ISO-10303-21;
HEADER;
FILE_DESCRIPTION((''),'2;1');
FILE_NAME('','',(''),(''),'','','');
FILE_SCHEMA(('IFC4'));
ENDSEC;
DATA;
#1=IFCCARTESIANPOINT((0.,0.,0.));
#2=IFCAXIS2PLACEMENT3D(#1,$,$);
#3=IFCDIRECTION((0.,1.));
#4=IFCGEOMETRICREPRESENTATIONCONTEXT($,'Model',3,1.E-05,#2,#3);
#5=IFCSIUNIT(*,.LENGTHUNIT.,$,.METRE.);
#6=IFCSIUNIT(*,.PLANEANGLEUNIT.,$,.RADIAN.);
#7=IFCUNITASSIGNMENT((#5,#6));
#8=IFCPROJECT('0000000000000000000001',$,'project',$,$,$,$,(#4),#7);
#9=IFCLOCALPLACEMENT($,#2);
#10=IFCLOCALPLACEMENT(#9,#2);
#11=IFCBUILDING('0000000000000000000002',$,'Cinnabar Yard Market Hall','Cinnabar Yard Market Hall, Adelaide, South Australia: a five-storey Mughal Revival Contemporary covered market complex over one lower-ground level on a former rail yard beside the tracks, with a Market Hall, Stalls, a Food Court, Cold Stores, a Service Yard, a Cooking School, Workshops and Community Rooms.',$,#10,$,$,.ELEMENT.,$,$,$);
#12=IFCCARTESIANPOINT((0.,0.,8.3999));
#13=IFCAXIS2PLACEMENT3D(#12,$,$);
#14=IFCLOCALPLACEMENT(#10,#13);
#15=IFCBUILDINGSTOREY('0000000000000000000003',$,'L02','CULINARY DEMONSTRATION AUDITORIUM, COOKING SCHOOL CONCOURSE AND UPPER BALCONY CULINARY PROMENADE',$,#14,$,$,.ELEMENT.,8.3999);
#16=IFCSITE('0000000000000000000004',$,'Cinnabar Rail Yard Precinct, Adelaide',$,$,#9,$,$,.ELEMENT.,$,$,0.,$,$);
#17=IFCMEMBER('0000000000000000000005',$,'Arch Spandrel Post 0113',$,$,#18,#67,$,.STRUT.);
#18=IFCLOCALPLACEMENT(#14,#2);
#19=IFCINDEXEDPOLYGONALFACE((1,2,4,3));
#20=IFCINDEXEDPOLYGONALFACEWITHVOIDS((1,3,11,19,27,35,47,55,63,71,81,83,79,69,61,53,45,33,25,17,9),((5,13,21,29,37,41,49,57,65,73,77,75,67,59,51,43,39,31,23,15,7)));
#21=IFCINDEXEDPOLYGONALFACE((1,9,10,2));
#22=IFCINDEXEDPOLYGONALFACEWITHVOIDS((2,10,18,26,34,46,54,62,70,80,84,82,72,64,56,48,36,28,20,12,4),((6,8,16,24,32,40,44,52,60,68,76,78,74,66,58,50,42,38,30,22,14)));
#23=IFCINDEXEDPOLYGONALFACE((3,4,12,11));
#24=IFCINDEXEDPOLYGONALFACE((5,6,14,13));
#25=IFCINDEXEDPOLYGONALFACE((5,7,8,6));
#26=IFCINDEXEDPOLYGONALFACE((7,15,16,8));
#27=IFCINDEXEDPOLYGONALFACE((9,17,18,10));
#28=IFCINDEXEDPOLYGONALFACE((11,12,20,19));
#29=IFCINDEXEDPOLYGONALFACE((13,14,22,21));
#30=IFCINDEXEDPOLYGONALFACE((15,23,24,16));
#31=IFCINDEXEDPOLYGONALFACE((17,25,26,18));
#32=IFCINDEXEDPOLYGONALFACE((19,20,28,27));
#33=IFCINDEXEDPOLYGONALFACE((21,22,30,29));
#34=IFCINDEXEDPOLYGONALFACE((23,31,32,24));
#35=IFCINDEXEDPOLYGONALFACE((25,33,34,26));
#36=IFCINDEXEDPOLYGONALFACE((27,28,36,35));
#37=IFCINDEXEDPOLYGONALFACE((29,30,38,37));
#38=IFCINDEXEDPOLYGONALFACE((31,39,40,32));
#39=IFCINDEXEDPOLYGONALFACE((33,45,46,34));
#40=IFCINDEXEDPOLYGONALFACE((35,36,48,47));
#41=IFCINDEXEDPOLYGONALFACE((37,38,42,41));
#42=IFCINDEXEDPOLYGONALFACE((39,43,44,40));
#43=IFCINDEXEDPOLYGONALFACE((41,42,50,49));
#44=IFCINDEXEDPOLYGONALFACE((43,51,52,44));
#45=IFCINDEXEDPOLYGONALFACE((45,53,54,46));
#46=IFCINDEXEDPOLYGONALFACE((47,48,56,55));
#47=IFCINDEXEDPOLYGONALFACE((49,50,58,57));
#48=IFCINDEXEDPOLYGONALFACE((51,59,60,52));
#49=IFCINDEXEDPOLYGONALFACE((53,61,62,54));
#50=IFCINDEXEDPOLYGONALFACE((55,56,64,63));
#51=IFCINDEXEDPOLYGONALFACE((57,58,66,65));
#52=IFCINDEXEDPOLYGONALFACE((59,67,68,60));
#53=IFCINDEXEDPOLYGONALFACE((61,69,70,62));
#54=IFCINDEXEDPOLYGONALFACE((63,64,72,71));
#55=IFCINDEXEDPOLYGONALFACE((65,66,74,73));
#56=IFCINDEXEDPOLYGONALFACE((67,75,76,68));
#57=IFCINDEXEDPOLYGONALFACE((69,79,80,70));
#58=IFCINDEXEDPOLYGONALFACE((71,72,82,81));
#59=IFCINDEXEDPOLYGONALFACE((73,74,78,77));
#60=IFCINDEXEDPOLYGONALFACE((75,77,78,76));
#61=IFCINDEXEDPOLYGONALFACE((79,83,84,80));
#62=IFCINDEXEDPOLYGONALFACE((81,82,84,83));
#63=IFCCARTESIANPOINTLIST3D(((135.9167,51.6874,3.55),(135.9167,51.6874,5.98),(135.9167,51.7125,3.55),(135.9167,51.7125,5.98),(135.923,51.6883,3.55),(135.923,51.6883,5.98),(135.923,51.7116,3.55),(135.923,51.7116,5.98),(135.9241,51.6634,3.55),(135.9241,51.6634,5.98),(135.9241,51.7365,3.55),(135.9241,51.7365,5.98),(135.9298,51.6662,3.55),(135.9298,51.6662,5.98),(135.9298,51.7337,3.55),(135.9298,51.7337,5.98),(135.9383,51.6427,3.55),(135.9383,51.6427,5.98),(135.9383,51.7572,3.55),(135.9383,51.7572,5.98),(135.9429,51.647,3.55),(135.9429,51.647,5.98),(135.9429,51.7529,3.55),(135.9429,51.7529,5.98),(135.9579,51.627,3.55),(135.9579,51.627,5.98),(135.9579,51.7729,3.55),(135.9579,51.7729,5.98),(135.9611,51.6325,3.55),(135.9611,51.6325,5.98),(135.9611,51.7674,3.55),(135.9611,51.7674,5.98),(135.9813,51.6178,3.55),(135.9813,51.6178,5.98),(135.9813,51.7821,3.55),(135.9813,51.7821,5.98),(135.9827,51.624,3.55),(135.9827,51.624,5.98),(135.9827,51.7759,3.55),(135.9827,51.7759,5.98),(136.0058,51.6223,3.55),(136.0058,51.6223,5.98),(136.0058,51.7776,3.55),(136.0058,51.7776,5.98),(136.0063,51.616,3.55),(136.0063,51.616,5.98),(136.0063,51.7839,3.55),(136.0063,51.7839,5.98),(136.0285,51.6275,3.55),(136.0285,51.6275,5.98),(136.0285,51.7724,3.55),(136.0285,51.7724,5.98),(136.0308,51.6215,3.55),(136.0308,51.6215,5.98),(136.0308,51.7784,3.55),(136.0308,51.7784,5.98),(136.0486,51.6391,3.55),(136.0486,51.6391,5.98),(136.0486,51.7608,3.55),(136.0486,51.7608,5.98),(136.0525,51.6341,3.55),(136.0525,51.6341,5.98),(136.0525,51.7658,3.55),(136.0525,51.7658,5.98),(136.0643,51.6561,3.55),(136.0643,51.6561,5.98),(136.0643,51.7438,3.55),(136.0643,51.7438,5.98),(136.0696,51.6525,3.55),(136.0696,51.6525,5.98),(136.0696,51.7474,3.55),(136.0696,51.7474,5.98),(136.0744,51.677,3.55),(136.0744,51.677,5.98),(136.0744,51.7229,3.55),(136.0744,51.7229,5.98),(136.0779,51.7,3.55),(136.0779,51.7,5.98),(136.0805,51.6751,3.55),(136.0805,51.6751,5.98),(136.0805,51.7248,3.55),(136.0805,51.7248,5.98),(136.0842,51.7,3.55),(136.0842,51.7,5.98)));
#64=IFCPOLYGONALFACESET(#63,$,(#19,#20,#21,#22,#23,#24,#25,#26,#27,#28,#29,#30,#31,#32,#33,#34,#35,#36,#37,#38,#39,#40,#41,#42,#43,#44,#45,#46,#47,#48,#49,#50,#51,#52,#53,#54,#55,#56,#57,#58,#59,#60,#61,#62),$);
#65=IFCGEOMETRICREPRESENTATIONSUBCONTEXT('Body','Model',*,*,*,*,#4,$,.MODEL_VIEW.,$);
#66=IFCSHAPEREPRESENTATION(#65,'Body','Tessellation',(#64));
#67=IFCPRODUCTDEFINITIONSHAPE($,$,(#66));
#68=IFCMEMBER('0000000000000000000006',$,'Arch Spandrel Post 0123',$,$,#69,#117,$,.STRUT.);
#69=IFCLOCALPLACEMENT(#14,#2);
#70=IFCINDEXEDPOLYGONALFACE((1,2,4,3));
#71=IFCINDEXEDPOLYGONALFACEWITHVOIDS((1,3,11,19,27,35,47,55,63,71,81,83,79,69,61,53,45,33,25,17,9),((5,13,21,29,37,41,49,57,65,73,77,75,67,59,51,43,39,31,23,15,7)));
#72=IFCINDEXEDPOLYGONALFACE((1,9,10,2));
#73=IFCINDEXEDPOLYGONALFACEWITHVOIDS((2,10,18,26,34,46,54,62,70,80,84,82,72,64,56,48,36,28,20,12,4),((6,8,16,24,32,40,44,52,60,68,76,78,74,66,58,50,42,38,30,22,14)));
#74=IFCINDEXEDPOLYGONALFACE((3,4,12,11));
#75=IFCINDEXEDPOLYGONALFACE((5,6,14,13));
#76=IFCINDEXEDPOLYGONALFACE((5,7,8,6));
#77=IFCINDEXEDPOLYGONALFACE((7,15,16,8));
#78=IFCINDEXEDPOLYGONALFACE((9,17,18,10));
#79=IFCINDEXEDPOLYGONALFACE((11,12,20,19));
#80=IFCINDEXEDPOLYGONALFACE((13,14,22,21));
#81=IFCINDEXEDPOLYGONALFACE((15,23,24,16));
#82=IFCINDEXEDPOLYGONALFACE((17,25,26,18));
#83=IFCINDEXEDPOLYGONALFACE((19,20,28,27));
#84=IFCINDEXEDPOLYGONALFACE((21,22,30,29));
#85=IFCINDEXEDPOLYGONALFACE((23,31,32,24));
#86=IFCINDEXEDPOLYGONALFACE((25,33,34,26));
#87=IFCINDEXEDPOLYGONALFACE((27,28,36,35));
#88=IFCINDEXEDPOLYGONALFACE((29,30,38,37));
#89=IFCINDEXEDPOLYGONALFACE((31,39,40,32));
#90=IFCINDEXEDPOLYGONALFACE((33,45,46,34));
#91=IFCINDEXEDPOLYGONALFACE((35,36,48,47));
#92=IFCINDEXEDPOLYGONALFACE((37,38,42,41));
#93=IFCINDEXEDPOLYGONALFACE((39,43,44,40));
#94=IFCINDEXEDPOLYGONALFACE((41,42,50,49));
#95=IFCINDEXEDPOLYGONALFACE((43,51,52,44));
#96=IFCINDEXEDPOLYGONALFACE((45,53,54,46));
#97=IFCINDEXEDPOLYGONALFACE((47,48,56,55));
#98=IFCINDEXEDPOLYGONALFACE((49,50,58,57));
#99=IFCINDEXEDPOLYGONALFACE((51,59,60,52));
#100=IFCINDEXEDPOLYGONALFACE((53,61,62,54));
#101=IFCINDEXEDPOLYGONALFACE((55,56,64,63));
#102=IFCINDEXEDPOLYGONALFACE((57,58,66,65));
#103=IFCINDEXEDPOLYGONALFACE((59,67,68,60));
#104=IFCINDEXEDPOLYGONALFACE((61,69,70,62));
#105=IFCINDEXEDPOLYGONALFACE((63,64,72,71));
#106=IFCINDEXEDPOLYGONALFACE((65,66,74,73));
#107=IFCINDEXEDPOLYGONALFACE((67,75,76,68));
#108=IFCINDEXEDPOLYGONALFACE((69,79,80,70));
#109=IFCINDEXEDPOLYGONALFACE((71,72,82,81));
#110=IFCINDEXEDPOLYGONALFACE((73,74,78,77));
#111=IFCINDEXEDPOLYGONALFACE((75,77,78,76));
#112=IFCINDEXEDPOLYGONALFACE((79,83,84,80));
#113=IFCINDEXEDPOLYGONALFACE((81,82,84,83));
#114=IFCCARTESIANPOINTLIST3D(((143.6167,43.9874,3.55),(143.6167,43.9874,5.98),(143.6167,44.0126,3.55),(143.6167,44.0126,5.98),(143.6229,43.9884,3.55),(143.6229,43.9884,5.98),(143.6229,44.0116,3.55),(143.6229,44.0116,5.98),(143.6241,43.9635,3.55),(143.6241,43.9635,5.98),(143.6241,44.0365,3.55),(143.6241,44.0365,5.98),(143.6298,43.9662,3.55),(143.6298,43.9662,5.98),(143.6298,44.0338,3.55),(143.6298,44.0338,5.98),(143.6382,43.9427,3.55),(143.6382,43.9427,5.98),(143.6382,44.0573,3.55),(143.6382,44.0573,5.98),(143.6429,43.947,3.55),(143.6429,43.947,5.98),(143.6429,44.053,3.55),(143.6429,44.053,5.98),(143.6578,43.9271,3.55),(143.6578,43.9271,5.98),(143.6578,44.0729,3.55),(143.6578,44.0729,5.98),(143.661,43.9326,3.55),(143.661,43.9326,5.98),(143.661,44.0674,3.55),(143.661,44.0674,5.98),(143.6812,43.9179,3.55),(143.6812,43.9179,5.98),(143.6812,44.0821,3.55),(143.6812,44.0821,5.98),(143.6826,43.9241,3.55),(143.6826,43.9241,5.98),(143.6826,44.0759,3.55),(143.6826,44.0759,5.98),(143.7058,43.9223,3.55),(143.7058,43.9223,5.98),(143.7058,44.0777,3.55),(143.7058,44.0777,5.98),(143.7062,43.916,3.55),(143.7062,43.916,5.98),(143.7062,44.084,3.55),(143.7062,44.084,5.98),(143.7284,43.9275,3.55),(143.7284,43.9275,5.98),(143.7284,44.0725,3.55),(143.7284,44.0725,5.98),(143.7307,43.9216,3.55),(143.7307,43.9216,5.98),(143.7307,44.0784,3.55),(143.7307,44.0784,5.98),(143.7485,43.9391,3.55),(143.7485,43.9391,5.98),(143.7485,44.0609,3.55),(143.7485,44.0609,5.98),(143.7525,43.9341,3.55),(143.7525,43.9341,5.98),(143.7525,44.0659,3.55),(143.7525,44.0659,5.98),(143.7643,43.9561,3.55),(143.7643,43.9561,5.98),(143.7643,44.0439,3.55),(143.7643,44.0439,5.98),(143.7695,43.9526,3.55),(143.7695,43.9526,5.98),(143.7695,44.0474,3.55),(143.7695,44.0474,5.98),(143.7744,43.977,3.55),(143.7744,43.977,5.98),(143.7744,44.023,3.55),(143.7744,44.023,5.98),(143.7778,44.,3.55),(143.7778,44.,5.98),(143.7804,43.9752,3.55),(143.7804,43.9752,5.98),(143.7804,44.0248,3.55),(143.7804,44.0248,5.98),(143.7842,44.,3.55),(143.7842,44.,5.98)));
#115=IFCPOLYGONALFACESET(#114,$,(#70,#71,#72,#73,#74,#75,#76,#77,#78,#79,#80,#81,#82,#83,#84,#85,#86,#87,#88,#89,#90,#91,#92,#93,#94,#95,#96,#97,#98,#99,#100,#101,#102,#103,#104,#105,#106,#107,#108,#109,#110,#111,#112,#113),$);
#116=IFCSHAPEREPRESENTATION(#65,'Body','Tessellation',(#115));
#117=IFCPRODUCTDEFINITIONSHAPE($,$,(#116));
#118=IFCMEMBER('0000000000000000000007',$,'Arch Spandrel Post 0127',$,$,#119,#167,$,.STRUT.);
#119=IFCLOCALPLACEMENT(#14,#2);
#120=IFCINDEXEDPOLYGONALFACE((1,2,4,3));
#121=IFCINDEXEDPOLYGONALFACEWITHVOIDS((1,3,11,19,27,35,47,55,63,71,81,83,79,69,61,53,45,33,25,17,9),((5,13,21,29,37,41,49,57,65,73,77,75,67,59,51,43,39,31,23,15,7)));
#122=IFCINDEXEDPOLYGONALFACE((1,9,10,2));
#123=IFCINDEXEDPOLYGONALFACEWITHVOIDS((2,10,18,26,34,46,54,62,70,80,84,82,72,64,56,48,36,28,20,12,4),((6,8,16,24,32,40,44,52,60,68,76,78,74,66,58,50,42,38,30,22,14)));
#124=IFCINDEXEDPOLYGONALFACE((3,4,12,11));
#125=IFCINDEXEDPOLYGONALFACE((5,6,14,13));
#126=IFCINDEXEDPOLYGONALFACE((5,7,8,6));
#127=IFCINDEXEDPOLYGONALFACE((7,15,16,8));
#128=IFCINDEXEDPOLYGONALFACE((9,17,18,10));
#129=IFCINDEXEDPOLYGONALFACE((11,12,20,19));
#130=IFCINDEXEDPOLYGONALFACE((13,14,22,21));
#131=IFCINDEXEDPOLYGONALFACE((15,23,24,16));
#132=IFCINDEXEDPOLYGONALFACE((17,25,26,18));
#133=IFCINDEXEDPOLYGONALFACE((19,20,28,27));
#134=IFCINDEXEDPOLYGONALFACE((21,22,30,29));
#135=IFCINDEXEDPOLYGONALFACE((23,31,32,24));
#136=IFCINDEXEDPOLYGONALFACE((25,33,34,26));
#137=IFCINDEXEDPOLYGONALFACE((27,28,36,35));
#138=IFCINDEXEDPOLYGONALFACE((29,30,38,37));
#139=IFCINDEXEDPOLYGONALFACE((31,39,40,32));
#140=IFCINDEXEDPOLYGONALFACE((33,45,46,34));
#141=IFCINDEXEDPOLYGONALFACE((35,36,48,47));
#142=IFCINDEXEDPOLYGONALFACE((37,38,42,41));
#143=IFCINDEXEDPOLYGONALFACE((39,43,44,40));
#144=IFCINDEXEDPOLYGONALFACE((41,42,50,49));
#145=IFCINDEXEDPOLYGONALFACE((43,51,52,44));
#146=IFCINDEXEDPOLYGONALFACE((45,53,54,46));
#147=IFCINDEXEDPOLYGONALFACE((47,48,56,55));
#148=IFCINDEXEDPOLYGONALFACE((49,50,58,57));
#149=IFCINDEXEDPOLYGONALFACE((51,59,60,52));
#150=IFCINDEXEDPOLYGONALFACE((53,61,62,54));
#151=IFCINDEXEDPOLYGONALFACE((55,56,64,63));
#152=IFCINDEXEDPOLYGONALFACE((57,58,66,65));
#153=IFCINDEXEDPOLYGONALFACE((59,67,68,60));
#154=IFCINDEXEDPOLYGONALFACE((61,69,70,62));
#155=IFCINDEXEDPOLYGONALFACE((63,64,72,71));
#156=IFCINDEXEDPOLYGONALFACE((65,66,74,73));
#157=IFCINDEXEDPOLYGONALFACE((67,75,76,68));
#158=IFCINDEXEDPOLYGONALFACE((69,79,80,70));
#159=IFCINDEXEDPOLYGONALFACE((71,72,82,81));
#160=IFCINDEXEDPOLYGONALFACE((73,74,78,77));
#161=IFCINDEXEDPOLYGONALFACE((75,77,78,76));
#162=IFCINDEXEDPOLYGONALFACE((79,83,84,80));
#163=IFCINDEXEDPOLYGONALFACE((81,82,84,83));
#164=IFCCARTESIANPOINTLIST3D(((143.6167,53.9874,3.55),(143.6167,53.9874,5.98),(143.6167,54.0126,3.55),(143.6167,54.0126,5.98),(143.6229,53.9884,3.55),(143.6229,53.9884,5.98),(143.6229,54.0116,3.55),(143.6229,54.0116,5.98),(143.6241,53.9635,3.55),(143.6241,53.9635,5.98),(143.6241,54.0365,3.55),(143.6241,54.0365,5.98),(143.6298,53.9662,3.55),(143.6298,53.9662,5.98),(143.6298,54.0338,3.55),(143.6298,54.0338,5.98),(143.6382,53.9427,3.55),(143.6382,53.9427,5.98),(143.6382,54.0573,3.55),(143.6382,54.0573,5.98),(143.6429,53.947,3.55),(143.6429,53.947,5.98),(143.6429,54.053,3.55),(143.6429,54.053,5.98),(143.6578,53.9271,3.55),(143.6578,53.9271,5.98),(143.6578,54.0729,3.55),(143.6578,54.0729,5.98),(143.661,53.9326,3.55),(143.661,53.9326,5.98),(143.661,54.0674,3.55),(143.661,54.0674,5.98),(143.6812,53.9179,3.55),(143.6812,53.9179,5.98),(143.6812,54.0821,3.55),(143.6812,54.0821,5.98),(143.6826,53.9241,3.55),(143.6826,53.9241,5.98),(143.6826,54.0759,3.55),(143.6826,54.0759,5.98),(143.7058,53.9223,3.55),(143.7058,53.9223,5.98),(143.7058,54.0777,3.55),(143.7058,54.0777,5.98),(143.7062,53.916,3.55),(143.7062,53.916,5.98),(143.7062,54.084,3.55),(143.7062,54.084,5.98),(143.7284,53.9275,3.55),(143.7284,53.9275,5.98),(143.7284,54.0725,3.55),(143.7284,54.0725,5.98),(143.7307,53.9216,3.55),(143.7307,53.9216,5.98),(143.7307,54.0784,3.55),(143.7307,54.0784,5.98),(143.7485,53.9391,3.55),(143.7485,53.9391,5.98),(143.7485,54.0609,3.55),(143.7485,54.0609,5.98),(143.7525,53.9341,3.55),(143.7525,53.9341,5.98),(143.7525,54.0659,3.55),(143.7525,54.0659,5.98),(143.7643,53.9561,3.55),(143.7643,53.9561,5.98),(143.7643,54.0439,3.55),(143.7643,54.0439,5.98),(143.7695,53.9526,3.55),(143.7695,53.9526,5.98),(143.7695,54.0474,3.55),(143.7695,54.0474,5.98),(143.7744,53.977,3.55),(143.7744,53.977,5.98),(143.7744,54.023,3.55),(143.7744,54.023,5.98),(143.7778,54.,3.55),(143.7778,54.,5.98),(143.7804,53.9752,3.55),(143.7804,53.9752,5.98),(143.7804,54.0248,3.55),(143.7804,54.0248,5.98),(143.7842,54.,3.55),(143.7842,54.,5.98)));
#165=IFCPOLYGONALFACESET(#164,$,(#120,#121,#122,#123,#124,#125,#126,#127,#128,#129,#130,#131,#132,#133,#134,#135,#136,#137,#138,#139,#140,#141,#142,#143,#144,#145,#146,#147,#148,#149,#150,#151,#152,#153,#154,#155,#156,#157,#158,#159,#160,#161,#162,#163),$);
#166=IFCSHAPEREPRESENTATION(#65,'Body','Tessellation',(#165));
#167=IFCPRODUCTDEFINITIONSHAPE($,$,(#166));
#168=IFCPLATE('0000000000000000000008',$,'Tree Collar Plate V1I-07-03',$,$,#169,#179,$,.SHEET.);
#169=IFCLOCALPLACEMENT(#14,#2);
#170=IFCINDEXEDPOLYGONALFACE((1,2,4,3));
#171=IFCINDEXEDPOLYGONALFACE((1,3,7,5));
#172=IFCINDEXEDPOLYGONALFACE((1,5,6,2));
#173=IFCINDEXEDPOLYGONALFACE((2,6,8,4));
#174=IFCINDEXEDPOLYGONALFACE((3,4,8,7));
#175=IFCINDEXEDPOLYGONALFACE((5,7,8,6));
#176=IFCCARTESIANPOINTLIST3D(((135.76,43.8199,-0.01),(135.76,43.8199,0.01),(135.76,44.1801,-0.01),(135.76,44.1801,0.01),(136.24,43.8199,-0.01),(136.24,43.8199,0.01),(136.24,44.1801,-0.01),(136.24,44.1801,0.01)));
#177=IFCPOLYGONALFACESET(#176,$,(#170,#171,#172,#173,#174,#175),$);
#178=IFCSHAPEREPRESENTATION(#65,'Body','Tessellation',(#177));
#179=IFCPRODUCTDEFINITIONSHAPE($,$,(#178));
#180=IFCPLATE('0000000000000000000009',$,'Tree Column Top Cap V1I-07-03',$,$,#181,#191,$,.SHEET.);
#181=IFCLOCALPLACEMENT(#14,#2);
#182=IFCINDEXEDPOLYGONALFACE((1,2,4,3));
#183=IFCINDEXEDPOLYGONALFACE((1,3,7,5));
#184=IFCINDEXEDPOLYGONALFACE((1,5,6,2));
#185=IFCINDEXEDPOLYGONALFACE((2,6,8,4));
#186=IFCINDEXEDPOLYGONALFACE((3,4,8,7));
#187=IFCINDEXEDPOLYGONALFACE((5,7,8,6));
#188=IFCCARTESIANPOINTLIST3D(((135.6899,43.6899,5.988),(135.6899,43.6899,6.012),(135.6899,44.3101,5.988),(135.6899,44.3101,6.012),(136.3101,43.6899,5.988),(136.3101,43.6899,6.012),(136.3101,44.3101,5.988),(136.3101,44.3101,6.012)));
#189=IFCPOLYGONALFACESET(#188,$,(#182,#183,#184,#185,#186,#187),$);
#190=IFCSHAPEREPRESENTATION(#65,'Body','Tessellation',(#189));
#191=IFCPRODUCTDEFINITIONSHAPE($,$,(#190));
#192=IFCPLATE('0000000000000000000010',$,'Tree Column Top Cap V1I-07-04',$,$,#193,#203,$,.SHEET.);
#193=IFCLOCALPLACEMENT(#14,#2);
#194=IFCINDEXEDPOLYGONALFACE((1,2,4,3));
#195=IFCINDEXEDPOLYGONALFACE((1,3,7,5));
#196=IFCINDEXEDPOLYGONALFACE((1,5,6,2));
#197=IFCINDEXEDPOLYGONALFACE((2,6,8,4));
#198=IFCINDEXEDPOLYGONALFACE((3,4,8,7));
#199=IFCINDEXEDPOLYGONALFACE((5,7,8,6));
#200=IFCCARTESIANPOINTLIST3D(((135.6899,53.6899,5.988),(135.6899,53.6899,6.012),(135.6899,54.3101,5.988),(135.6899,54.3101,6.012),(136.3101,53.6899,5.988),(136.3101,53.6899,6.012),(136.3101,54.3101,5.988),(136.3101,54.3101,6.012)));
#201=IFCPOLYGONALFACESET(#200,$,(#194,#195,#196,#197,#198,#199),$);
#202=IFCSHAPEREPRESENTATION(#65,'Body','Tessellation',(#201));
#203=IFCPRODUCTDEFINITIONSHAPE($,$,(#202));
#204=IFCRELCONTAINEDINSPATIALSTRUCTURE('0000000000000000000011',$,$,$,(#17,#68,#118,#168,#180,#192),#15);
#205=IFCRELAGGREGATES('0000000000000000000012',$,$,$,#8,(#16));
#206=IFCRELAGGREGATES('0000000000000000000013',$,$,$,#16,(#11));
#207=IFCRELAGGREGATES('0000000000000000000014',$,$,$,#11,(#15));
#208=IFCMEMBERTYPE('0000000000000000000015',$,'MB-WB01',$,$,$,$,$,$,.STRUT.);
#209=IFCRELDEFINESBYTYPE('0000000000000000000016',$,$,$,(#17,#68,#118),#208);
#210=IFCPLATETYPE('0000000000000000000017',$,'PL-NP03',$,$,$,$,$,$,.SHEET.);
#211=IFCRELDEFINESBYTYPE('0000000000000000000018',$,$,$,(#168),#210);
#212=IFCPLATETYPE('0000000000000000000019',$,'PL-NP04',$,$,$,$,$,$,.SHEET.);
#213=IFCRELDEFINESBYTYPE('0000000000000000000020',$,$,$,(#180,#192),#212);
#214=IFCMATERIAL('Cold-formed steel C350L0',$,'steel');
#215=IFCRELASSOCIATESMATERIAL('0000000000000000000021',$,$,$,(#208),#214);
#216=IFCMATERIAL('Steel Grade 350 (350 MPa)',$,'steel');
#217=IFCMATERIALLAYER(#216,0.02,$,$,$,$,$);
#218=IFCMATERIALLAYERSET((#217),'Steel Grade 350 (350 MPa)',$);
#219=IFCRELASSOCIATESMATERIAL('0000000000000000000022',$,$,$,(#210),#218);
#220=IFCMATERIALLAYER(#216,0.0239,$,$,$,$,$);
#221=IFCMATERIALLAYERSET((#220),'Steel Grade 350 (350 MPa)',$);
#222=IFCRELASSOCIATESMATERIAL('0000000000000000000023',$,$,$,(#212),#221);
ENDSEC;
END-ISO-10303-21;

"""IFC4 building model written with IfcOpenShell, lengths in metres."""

from ifc_helpers import new_model, si_unit, direction, frame, origin, origin_2d_with_axis, place, context, subcontext, project, spatial, rectangle, hollow_circle, extrude, material, layer, layer_set, material_profile, profile_set, type_object, element, save


model = new_model("IFC4")

# Units and contexts
model_context = context("Model", 3, precision=1e-05, world=origin(), true_north=direction((0.0, 1.0)))
body_context = subcontext(model_context, "Body", "Model", "MODEL_VIEW")
ifc_project = project(units=[si_unit("LENGTHUNIT", "METRE"), si_unit("PLANEANGLEUNIT", "RADIAN")], contexts=[model_context])

# Site, building, storey
site_placement = place(None, origin())
site = spatial("IfcSite", under=ifc_project, at=site_placement, Name="Cinnabar Rail Yard Precinct, Adelaide", CompositionType="ELEMENT", RefElevation=0.0)
building_placement = place(site_placement, origin())
building = spatial("IfcBuilding", under=site, at=building_placement, Name="Cinnabar Yard Market Hall", Description="Cinnabar Yard Market Hall, Adelaide, South Australia: a five-storey Mughal Revival Contemporary covered market complex over one lower-ground level on a former rail yard beside the tracks, with a Market Hall, Stalls, a Food Court, Cold Stores, a Service Yard, a Cooking School, Workshops and Community Rooms.", CompositionType="ELEMENT")
storey_placement = place(building_placement, frame((0.0, 0.0, 8.3999)))
storey = spatial("IfcBuildingStorey", under=building, at=storey_placement, Name="L02", Description="CULINARY DEMONSTRATION AUDITORIUM, COOKING SCHOOL CONCOURSE AND UPPER BALCONY CULINARY PROMENADE", CompositionType="ELEMENT", Elevation=8.3999)

# Members
ifc_material_1 = material(Name="Cold-formed steel C350L0", Category="steel")
ifc_material_profile_1 = material_profile(ifc_material_1, hollow_circle(Radius=0.0842, WallThickness=0.0063, at=origin_2d_with_axis()), Name="168.3x6.4CHS")
ifc_profile_set_1 = profile_set([ifc_material_profile_1], Name="Cold-formed steel C350L0")
member_type_1 = type_object("IfcMemberType", Name="MB-WB01", PredefinedType="STRUT", material=ifc_profile_set_1)
for number, where, z_axis, x_axis, name in (
    (1, (136.0, 51.7, 3.55), (0.0, 0.0, 1.0), (1.0, 0.0, 0.0), "Arch Spandrel Post 0113"),
    (2, (143.7, 44.0, 3.55), (0.0, 0.0, 1.0), (1.0, 0.0, 0.0), "Arch Spandrel Post 0123"),
    (3, (143.7, 54.0, 3.55), (0.0, 0.0, 1.0), (1.0, 0.0, 0.0), "Arch Spandrel Post 0127"),
):
    element("IfcMember", number, at=place(storey_placement, frame(where, z_axis=z_axis, x_axis=x_axis)), inside=storey, type_object=member_type_1, Name=name, PredefinedType="STRUT", context=body_context, shape_type="SweptSolid", body=[
        extrude(hollow_circle(Radius=0.0842, WallThickness=0.0063, at=origin_2d_with_axis()), origin(), (0.0, 0.0, 1.0), 2.4299),
    ])

# Plates
ifc_material_2 = material(Name="Steel Grade 350 (350 MPa)", Category="steel")
ifc_layer_1 = layer(ifc_material_2, 0.02)
ifc_layer_set_1 = layer_set([ifc_layer_1], Name="Steel Grade 350 (350 MPa)")
plate_type_1 = type_object("IfcPlateType", Name="PL-NP03", PredefinedType="SHEET", material=ifc_layer_set_1)
plate_1_placement = place(storey_placement, frame((136.0, 44.0, -0.01), z_axis=(0.0, 0.0, 1.0), x_axis=(1.0, 0.0, 0.0)))
element("IfcPlate", 4, at=plate_1_placement, inside=storey, type_object=plate_type_1, Name="Tree Collar Plate V1I-07-03", PredefinedType="SHEET", context=body_context, shape_type="SweptSolid", body=[
    extrude(rectangle(XDim=0.48, YDim=0.3601, at=origin_2d_with_axis()), origin(), (0.0, 0.0, 1.0), 0.02),
])
ifc_layer_2 = layer(ifc_material_2, 0.0239)
ifc_layer_set_2 = layer_set([ifc_layer_2], Name="Steel Grade 350 (350 MPa)")
plate_type_2 = type_object("IfcPlateType", Name="PL-NP04", PredefinedType="SHEET", material=ifc_layer_set_2)
for number, where, z_axis, x_axis, name in (
    (5, (136.0, 44.0, 5.988), (0.0, 0.0, 1.0), (1.0, 0.0, 0.0), "Tree Column Top Cap V1I-07-03"),
    (6, (136.0, 54.0, 5.988), (0.0, 0.0, 1.0), (1.0, 0.0, 0.0), "Tree Column Top Cap V1I-07-04"),
):
    element("IfcPlate", number, at=place(storey_placement, frame(where, z_axis=z_axis, x_axis=x_axis)), inside=storey, type_object=plate_type_2, Name=name, PredefinedType="SHEET", context=body_context, shape_type="SweptSolid", body=[
        extrude(rectangle(XDim=0.6201, YDim=0.6201, at=origin_2d_with_axis()), origin(), (0.0, 0.0, 1.0), 0.0239),
    ])

save(model, "model.ifc")
